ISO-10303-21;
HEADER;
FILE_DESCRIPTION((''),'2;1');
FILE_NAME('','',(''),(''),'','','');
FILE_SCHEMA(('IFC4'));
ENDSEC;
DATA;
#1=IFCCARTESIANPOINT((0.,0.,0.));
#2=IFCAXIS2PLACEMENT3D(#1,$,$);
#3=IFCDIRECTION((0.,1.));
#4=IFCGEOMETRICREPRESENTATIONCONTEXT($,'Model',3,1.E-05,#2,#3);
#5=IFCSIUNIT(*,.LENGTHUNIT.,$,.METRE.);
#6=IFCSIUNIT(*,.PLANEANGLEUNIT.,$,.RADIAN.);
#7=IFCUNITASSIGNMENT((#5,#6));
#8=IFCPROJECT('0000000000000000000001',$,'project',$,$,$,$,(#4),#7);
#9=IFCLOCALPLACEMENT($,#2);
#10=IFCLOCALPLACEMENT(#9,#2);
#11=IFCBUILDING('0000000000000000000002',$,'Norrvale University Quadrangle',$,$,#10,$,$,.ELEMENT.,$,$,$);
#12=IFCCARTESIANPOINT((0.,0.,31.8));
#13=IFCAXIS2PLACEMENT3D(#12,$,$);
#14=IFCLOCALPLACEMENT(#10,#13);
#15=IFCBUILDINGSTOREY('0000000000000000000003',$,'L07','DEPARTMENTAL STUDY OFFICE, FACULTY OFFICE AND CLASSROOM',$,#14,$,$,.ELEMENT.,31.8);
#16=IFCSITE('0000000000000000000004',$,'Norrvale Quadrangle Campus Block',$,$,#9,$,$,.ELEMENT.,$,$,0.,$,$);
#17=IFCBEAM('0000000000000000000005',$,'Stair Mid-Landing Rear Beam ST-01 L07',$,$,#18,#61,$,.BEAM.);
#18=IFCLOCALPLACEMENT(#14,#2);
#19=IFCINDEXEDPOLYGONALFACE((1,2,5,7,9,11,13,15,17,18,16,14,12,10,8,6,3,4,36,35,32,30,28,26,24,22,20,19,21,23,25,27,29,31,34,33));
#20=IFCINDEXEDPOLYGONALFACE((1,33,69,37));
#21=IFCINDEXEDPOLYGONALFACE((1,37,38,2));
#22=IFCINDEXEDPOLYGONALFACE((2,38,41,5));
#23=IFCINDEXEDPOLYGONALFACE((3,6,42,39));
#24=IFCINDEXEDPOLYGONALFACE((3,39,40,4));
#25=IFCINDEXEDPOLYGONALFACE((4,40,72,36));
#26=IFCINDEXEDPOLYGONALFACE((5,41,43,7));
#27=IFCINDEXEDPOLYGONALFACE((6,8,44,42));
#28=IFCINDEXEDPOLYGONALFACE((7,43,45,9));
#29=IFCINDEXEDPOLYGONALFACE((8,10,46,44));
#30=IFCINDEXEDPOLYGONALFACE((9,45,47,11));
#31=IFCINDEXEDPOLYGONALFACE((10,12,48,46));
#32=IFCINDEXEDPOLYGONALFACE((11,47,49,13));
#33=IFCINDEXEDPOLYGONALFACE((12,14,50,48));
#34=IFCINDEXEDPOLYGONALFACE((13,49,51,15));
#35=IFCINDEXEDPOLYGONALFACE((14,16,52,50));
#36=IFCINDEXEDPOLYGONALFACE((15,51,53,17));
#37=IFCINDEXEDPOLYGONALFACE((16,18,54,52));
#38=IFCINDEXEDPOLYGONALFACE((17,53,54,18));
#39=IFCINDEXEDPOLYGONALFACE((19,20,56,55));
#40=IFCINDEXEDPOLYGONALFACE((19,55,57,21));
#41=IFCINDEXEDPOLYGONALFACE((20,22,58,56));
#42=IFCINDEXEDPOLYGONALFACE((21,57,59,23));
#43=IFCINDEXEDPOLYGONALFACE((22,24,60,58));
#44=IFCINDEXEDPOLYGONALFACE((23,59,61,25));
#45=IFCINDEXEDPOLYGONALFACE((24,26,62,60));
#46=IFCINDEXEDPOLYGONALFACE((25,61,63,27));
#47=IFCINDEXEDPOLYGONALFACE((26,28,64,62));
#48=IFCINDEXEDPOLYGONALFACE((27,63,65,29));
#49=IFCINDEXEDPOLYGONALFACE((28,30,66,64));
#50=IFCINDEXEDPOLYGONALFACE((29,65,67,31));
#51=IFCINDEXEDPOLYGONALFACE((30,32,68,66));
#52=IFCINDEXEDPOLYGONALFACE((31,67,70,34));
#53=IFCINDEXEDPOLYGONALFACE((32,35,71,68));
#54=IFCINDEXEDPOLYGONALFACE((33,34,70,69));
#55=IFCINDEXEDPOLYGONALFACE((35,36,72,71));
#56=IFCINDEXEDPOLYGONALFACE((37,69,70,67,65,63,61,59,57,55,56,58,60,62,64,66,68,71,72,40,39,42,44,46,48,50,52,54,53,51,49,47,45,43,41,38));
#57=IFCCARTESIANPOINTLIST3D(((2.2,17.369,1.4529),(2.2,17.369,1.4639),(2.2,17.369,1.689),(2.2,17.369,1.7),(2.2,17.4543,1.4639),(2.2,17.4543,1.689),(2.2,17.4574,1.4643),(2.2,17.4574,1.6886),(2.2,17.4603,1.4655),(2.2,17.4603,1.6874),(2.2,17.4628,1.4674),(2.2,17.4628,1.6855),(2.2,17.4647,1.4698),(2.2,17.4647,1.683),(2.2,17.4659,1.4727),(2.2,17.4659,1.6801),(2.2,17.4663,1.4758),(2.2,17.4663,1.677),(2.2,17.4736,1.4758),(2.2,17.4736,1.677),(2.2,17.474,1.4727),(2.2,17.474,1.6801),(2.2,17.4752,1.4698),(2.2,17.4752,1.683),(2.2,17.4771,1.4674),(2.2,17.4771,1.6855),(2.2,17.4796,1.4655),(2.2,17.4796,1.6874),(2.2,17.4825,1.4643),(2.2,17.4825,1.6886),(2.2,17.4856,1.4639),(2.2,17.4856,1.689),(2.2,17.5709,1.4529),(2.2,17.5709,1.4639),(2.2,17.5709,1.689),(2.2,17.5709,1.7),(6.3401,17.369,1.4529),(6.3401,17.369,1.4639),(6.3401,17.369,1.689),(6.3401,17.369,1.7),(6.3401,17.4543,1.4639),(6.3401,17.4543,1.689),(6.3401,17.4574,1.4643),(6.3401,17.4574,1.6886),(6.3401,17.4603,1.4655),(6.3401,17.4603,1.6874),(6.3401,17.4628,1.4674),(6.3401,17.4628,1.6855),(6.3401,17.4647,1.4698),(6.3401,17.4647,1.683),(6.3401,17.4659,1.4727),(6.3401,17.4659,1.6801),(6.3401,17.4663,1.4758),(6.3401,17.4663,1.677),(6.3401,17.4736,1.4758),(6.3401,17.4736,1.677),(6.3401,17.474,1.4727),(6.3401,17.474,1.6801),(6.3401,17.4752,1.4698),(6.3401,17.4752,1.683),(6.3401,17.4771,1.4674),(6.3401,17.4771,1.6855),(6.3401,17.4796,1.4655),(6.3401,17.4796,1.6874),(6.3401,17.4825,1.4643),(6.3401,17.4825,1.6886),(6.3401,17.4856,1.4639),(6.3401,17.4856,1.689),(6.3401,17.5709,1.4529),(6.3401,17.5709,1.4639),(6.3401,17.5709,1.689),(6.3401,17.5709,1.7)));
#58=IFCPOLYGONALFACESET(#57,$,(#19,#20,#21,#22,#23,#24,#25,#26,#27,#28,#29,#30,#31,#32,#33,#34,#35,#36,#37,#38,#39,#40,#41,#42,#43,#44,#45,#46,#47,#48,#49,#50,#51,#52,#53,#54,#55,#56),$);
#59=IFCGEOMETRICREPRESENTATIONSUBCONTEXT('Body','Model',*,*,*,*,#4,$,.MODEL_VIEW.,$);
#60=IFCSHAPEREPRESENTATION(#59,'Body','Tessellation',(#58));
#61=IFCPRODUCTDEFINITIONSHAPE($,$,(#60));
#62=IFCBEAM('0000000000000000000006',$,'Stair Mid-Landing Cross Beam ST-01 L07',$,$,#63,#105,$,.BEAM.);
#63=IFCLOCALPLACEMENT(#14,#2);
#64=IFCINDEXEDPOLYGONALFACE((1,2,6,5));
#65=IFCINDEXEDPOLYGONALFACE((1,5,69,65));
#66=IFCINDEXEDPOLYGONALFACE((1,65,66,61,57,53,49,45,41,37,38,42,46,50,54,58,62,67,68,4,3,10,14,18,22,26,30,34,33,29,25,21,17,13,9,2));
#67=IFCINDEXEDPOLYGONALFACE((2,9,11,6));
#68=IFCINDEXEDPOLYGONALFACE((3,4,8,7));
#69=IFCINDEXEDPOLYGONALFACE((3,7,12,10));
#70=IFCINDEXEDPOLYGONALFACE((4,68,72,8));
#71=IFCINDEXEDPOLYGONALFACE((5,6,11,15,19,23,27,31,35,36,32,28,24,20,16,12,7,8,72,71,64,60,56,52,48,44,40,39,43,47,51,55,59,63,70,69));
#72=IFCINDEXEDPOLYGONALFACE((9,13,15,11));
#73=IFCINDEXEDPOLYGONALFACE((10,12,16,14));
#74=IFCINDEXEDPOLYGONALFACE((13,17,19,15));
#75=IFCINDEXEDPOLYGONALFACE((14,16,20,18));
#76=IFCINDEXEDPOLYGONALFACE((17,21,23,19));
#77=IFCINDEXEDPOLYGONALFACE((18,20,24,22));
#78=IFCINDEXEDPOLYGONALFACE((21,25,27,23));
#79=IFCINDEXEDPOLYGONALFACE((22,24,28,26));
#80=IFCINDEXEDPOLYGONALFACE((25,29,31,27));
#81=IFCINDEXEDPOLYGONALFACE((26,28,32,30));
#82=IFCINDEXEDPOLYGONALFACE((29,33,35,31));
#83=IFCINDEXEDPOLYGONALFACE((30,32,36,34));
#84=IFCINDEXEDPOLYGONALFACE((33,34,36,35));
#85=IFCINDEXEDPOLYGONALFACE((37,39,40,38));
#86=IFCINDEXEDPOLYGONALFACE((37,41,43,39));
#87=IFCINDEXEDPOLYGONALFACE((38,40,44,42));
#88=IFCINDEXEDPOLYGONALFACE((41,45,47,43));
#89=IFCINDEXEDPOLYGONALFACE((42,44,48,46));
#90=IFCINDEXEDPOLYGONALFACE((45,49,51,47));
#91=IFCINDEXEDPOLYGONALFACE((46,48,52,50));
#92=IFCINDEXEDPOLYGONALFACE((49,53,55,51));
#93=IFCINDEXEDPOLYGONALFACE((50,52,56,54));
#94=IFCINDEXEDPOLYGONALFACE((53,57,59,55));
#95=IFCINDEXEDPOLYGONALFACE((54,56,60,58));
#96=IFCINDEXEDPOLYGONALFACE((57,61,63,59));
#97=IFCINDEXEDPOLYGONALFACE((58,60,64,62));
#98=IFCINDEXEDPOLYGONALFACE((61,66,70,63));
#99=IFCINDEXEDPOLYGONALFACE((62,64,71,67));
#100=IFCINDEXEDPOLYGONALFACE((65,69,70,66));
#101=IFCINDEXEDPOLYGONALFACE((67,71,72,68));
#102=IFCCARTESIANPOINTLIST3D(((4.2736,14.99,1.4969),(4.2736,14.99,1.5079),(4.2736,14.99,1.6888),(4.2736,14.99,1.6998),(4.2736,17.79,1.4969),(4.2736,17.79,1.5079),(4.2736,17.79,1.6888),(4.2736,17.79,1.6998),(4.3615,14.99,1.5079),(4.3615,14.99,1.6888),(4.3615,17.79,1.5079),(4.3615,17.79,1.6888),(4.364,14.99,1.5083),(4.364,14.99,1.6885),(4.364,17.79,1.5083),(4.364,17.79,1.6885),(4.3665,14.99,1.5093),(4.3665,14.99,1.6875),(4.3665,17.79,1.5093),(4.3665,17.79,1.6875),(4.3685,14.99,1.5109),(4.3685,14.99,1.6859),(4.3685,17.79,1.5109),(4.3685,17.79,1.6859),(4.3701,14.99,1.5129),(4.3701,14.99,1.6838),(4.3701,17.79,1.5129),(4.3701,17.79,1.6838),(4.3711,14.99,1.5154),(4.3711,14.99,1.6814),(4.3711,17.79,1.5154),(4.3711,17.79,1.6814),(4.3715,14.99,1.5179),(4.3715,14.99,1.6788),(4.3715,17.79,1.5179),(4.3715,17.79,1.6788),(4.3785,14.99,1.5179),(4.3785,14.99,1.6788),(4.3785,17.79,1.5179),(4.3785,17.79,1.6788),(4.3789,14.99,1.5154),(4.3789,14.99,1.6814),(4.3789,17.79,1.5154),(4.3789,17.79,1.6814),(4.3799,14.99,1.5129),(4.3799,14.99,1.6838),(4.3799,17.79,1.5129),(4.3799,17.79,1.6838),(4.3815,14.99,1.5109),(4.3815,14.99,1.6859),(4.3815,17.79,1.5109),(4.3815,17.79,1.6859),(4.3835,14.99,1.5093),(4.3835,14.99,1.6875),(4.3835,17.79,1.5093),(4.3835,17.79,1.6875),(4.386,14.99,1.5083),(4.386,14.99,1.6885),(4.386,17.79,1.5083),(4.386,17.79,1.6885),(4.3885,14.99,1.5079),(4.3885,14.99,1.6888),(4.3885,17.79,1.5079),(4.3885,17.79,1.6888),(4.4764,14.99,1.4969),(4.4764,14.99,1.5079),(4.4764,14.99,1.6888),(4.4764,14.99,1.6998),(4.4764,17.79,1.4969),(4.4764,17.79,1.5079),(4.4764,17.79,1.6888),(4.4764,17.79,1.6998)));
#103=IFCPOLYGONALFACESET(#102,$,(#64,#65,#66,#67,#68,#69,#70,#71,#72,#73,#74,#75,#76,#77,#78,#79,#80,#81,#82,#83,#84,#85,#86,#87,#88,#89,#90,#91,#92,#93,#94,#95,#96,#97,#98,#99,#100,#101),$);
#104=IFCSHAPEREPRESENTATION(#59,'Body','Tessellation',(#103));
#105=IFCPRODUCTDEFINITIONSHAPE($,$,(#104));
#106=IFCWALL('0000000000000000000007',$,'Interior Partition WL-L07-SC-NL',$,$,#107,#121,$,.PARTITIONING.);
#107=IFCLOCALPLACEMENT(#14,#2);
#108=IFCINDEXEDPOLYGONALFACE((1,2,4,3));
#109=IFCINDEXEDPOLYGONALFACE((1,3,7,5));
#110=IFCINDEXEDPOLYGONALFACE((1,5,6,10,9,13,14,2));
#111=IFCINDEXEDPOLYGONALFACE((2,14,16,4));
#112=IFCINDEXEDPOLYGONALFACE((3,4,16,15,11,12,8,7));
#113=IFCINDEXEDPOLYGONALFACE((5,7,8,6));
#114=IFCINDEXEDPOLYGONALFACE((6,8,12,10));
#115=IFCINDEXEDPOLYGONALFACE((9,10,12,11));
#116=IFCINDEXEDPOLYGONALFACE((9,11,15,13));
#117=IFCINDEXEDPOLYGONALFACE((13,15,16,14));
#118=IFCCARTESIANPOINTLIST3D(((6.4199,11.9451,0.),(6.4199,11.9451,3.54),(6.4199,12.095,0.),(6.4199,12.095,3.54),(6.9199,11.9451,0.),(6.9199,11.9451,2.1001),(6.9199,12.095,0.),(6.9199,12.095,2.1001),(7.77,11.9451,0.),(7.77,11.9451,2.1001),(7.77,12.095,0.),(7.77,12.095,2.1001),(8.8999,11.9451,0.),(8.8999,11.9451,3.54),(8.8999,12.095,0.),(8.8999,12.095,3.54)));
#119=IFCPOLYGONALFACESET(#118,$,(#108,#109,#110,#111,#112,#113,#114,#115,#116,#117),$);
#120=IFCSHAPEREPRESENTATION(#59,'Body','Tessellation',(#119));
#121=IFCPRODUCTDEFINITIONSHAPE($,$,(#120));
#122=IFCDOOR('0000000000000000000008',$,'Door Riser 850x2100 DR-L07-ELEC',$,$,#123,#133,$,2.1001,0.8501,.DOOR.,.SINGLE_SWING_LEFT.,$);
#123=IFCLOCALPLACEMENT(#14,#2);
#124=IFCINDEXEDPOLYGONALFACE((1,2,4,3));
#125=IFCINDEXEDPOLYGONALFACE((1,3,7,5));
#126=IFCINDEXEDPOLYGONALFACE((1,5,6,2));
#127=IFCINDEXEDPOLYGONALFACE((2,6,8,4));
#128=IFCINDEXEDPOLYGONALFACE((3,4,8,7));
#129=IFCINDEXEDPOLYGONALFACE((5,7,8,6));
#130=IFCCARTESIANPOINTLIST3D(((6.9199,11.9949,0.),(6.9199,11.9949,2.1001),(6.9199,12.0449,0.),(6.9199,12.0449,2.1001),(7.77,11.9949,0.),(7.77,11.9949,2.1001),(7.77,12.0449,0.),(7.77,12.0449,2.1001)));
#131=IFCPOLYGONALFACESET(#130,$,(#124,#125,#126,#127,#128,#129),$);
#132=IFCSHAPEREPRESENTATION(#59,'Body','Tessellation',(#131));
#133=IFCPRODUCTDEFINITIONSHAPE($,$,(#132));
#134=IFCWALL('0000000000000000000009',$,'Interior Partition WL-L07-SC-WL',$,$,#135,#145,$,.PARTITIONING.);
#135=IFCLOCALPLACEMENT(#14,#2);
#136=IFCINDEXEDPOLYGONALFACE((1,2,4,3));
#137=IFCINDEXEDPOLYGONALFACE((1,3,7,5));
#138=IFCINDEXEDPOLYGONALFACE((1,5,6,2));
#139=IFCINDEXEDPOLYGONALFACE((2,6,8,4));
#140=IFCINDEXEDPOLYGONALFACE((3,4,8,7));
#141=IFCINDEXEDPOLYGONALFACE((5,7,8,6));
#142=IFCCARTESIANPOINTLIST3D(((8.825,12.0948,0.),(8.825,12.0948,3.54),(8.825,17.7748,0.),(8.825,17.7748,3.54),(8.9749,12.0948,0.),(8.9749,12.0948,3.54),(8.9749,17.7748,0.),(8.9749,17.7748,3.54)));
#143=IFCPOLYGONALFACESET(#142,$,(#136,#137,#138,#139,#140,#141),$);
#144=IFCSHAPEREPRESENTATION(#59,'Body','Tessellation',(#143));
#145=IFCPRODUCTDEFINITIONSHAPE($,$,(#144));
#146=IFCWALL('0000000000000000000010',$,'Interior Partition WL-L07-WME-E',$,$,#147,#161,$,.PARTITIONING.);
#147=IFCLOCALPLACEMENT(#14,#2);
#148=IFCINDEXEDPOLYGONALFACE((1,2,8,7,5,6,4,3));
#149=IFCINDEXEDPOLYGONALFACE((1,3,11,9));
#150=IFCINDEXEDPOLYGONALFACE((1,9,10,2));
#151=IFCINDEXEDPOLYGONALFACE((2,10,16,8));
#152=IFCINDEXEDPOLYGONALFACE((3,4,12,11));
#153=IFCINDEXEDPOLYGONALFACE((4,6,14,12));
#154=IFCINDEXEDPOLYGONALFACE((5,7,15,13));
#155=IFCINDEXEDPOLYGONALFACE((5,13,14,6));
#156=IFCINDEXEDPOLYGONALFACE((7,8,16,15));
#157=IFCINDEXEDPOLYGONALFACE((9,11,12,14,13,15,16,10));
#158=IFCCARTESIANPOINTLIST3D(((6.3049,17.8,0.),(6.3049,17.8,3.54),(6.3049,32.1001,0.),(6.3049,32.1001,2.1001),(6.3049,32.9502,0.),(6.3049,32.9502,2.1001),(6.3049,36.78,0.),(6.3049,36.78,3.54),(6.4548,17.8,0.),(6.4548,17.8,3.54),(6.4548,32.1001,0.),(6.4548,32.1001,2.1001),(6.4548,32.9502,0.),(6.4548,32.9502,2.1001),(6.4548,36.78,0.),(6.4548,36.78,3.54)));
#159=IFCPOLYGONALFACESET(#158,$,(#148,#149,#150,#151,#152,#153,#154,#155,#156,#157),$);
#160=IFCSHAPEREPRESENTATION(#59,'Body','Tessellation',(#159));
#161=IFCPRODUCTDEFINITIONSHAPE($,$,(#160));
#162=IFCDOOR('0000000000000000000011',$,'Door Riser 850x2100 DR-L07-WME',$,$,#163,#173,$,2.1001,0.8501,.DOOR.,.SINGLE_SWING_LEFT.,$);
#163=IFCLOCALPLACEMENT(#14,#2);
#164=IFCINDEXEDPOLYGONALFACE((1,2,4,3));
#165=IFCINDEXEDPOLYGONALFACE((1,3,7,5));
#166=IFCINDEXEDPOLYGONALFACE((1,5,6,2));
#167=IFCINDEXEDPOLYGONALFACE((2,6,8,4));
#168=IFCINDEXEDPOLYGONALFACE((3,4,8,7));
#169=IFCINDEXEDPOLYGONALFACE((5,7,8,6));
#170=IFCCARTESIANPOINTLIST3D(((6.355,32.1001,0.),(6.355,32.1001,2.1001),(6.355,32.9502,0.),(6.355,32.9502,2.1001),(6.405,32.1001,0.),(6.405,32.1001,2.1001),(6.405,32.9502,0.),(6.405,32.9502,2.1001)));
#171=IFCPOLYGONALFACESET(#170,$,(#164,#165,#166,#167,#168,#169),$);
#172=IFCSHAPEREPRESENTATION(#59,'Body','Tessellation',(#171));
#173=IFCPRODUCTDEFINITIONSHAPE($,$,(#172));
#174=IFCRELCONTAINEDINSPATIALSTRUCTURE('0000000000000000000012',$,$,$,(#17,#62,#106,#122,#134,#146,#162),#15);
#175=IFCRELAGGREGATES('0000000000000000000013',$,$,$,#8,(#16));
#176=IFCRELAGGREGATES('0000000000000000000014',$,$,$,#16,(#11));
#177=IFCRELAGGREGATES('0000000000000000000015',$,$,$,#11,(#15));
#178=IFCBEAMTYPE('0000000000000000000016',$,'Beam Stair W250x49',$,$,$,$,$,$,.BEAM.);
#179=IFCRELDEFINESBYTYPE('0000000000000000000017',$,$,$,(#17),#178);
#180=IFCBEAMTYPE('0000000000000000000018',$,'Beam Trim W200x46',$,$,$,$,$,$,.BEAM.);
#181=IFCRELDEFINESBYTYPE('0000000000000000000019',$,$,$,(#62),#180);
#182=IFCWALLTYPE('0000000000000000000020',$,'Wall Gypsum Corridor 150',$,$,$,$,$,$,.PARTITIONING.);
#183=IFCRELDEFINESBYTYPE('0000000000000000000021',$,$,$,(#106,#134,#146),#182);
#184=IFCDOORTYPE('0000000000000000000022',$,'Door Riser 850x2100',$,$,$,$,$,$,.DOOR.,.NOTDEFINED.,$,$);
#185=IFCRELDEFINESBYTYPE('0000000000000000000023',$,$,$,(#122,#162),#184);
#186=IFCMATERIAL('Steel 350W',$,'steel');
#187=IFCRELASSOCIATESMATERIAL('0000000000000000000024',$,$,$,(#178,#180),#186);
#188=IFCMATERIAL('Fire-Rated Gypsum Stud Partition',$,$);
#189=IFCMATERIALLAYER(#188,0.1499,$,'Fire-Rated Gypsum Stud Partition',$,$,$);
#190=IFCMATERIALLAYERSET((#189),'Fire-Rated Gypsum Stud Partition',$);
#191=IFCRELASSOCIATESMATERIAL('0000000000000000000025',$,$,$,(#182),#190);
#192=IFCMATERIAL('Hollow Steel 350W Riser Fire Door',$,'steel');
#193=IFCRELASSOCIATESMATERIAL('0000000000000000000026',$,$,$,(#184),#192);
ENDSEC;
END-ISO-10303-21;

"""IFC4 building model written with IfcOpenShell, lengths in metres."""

from ifc_helpers import new_model, si_unit, direction, frame, frame_2d, origin, origin_2d, place, context, subcontext, project, spatial, rectangle, i_section, extrude, material, layer, layer_set, material_profile, profile_set, type_object, element, fill, save


model = new_model("IFC4")

# Units and contexts
model_context = context("Model", 3, precision=1e-05, world=origin(), true_north=direction((0.0, 1.0)))
body_context = subcontext(model_context, "Body", "Model", "MODEL_VIEW")
ifc_project = project(units=[si_unit("LENGTHUNIT", "METRE"), si_unit("PLANEANGLEUNIT", "RADIAN")], contexts=[model_context])

# Site, building, storey
site_placement = place(None, origin())
site = spatial("IfcSite", under=ifc_project, at=site_placement, Name="Norrvale Quadrangle Campus Block", CompositionType="ELEMENT", RefElevation=0.0)
building_placement = place(site_placement, origin())
building = spatial("IfcBuilding", under=site, at=building_placement, Name="Norrvale University Quadrangle", CompositionType="ELEMENT")
storey_placement = place(building_placement, frame((0.0, 0.0, 31.8)))
storey = spatial("IfcBuildingStorey", under=building, at=storey_placement, Name="L07", Description="DEPARTMENTAL STUDY OFFICE, FACULTY OFFICE AND CLASSROOM", CompositionType="ELEMENT", Elevation=31.8)

# Beams
ifc_material_1 = material(Name="Steel 350W", Category="steel")
ifc_material_profile_1 = material_profile(ifc_material_1, i_section(OverallWidth=0.2019, OverallDepth=0.2471, WebThickness=0.0073, FlangeThickness=0.011, FilletRadius=0.012, at=origin_2d()), Name="Steel 350W")
ifc_profile_set_1 = profile_set([ifc_material_profile_1], Name="Steel 350W")
beam_type_1 = type_object("IfcBeamType", Name="Beam Stair W250x49", PredefinedType="BEAM", material=ifc_profile_set_1)
for number, where, z_axis, x_axis, name in (
    (1, (2.2, 17.47, 1.5764), (1.0, 0.0, 0.0), (0.0, 1.0, 0.0), "Stair Mid-Landing Rear Beam ST-01 L07"),
):
    element("IfcBeam", number, at=place(storey_placement, frame(where, z_axis=z_axis, x_axis=x_axis)), inside=storey, type_object=beam_type_1, Name=name, PredefinedType="BEAM", context=body_context, shape_type="SweptSolid", body=[
        extrude(i_section(OverallWidth=0.2019, OverallDepth=0.2471, WebThickness=0.0073, FlangeThickness=0.011, FilletRadius=0.012, at=origin_2d()), origin(), (0.0, 0.0, 1.0), 4.1401),
    ])
ifc_material_profile_2 = material_profile(ifc_material_1, i_section(OverallWidth=0.2029, OverallDepth=0.2029, WebThickness=0.0071, FlangeThickness=0.011, FilletRadius=0.01, at=origin_2d()), Name="Steel 350W")
ifc_profile_set_2 = profile_set([ifc_material_profile_2], Name="Steel 350W")
beam_type_2 = type_object("IfcBeamType", Name="Beam Trim W200x46", PredefinedType="BEAM", material=ifc_profile_set_2)
beam_1_placement = place(storey_placement, frame((4.375, 14.99, 1.5984), z_axis=(0.0, 1.0, 0.0), x_axis=(-1.0, 0.0, 0.0)))
element("IfcBeam", 2, at=beam_1_placement, inside=storey, type_object=beam_type_2, Name="Stair Mid-Landing Cross Beam ST-01 L07", PredefinedType="BEAM", context=body_context, shape_type="SweptSolid", body=[
    extrude(i_section(OverallWidth=0.2029, OverallDepth=0.2029, WebThickness=0.0071, FlangeThickness=0.011, FilletRadius=0.01, at=origin_2d()), origin(), (0.0, 0.0, 1.0), 2.8),
])

# Wall, opening, door
ifc_material_2 = material(Name="Fire-Rated Gypsum Stud Partition")
ifc_layer_1 = layer(ifc_material_2, 0.1499, Name="Fire-Rated Gypsum Stud Partition")
ifc_layer_set_1 = layer_set([ifc_layer_1], Name="Fire-Rated Gypsum Stud Partition")
wall_type_1 = type_object("IfcWallType", Name="Wall Gypsum Corridor 150", PredefinedType="PARTITIONING", material=ifc_layer_set_1)
wall_1_placement = place(storey_placement, frame((6.4199, 12.02, 0.0), z_axis=(0.0, 0.0, 1.0), x_axis=(1.0, 0.0, 0.0)))
wall_1 = element("IfcWall", 3, at=wall_1_placement, inside=storey, type_object=wall_type_1, Name="Interior Partition WL-L07-SC-NL", PredefinedType="PARTITIONING", context=body_context, shape_type="SweptSolid", body=[
    extrude(rectangle(XDim=2.48, YDim=0.1499, at=frame_2d((1.24, 0.0))), origin(), (0.0, 0.0, 1.0), 3.54),
])
opening_1_placement = place(wall_1_placement, frame((0.5, 0.0, 0.0)))
opening_1 = element("IfcOpeningElement", 4, at=opening_1_placement, cuts=wall_1, PredefinedType="OPENING", context=body_context, shape_type="SweptSolid", body=[
    extrude(rectangle(XDim=0.8501, YDim=2.1001, at=frame_2d((0.425, 1.05))), frame((0.0, 0.0869, 0.0), z_axis=(0.0, -1.0, 0.0), x_axis=(1.0, 0.0, 0.0)), (0.0, 0.0, 1.0), 0.1738),
])
ifc_material_3 = material(Name="Hollow Steel 350W Riser Fire Door", Category="steel")
door_type = type_object("IfcDoorType", Name="Door Riser 850x2100", OperationType="NOTDEFINED", PredefinedType="DOOR", material=ifc_material_3)
door_1_placement = place(opening_1_placement, origin())
door_1 = element("IfcDoor", 5, at=door_1_placement, inside=storey, type_object=door_type, Name="Door Riser 850x2100 DR-L07-ELEC", OperationType="SINGLE_SWING_LEFT", OverallHeight=2.1001, OverallWidth=0.8501, PredefinedType="DOOR", context=body_context, shape_type="SweptSolid", body=[
    extrude(rectangle(XDim=0.8501, YDim=2.1001, at=frame_2d((0.425, 1.05))), frame((0.0, 0.0249, 0.0), z_axis=(0.0, -1.0, 0.0), x_axis=(1.0, 0.0, 0.0)), (0.0, 0.0, 1.0), 0.05),
])
fill(opening_1, door_1)

# Wall
wall_2_placement = place(storey_placement, frame((8.8999, 12.095, 0.0), z_axis=(0.0, 0.0, 1.0), x_axis=(0.0, 1.0, 0.0)))
element("IfcWall", 6, at=wall_2_placement, inside=storey, type_object=wall_type_1, Name="Interior Partition WL-L07-SC-WL", PredefinedType="PARTITIONING", context=body_context, shape_type="SweptSolid", body=[
    extrude(rectangle(XDim=5.6799, YDim=0.1499, at=frame_2d((2.8398, 0.0))), origin(), (0.0, 0.0, 1.0), 3.54),
])

# Wall, opening, door
wall_3_placement = place(storey_placement, frame((6.3799, 17.8, 0.0), z_axis=(0.0, 0.0, 1.0), x_axis=(0.0, 1.0, 0.0)))
wall_3 = element("IfcWall", 7, at=wall_3_placement, inside=storey, type_object=wall_type_1, Name="Interior Partition WL-L07-WME-E", PredefinedType="PARTITIONING", context=body_context, shape_type="SweptSolid", body=[
    extrude(rectangle(XDim=18.98, YDim=0.1499, at=frame_2d((9.49, 0.0))), origin(), (0.0, 0.0, 1.0), 3.54),
])
opening_2_placement = place(wall_3_placement, frame((14.3, 0.0, 0.0)))
opening_2 = element("IfcOpeningElement", 8, at=opening_2_placement, cuts=wall_3, PredefinedType="OPENING", context=body_context, shape_type="SweptSolid", body=[
    extrude(rectangle(XDim=0.8501, YDim=2.1001, at=frame_2d((0.425, 1.05))), frame((0.0, 0.0869, 0.0), z_axis=(0.0, -1.0, 0.0), x_axis=(1.0, 0.0, 0.0)), (0.0, 0.0, 1.0), 0.1738),
])
door_2_placement = place(opening_2_placement, origin())
door_2 = element("IfcDoor", 9, at=door_2_placement, inside=storey, type_object=door_type, Name="Door Riser 850x2100 DR-L07-WME", OperationType="SINGLE_SWING_LEFT", OverallHeight=2.1001, OverallWidth=0.8501, PredefinedType="DOOR", context=body_context, shape_type="SweptSolid", body=[
    extrude(rectangle(XDim=0.8501, YDim=2.1001, at=frame_2d((0.425, 1.05))), frame((0.0, 0.0249, 0.0), z_axis=(0.0, -1.0, 0.0), x_axis=(1.0, 0.0, 0.0)), (0.0, 0.0, 1.0), 0.05),
])
fill(opening_2, door_2)

save(model, "model.ifc")
